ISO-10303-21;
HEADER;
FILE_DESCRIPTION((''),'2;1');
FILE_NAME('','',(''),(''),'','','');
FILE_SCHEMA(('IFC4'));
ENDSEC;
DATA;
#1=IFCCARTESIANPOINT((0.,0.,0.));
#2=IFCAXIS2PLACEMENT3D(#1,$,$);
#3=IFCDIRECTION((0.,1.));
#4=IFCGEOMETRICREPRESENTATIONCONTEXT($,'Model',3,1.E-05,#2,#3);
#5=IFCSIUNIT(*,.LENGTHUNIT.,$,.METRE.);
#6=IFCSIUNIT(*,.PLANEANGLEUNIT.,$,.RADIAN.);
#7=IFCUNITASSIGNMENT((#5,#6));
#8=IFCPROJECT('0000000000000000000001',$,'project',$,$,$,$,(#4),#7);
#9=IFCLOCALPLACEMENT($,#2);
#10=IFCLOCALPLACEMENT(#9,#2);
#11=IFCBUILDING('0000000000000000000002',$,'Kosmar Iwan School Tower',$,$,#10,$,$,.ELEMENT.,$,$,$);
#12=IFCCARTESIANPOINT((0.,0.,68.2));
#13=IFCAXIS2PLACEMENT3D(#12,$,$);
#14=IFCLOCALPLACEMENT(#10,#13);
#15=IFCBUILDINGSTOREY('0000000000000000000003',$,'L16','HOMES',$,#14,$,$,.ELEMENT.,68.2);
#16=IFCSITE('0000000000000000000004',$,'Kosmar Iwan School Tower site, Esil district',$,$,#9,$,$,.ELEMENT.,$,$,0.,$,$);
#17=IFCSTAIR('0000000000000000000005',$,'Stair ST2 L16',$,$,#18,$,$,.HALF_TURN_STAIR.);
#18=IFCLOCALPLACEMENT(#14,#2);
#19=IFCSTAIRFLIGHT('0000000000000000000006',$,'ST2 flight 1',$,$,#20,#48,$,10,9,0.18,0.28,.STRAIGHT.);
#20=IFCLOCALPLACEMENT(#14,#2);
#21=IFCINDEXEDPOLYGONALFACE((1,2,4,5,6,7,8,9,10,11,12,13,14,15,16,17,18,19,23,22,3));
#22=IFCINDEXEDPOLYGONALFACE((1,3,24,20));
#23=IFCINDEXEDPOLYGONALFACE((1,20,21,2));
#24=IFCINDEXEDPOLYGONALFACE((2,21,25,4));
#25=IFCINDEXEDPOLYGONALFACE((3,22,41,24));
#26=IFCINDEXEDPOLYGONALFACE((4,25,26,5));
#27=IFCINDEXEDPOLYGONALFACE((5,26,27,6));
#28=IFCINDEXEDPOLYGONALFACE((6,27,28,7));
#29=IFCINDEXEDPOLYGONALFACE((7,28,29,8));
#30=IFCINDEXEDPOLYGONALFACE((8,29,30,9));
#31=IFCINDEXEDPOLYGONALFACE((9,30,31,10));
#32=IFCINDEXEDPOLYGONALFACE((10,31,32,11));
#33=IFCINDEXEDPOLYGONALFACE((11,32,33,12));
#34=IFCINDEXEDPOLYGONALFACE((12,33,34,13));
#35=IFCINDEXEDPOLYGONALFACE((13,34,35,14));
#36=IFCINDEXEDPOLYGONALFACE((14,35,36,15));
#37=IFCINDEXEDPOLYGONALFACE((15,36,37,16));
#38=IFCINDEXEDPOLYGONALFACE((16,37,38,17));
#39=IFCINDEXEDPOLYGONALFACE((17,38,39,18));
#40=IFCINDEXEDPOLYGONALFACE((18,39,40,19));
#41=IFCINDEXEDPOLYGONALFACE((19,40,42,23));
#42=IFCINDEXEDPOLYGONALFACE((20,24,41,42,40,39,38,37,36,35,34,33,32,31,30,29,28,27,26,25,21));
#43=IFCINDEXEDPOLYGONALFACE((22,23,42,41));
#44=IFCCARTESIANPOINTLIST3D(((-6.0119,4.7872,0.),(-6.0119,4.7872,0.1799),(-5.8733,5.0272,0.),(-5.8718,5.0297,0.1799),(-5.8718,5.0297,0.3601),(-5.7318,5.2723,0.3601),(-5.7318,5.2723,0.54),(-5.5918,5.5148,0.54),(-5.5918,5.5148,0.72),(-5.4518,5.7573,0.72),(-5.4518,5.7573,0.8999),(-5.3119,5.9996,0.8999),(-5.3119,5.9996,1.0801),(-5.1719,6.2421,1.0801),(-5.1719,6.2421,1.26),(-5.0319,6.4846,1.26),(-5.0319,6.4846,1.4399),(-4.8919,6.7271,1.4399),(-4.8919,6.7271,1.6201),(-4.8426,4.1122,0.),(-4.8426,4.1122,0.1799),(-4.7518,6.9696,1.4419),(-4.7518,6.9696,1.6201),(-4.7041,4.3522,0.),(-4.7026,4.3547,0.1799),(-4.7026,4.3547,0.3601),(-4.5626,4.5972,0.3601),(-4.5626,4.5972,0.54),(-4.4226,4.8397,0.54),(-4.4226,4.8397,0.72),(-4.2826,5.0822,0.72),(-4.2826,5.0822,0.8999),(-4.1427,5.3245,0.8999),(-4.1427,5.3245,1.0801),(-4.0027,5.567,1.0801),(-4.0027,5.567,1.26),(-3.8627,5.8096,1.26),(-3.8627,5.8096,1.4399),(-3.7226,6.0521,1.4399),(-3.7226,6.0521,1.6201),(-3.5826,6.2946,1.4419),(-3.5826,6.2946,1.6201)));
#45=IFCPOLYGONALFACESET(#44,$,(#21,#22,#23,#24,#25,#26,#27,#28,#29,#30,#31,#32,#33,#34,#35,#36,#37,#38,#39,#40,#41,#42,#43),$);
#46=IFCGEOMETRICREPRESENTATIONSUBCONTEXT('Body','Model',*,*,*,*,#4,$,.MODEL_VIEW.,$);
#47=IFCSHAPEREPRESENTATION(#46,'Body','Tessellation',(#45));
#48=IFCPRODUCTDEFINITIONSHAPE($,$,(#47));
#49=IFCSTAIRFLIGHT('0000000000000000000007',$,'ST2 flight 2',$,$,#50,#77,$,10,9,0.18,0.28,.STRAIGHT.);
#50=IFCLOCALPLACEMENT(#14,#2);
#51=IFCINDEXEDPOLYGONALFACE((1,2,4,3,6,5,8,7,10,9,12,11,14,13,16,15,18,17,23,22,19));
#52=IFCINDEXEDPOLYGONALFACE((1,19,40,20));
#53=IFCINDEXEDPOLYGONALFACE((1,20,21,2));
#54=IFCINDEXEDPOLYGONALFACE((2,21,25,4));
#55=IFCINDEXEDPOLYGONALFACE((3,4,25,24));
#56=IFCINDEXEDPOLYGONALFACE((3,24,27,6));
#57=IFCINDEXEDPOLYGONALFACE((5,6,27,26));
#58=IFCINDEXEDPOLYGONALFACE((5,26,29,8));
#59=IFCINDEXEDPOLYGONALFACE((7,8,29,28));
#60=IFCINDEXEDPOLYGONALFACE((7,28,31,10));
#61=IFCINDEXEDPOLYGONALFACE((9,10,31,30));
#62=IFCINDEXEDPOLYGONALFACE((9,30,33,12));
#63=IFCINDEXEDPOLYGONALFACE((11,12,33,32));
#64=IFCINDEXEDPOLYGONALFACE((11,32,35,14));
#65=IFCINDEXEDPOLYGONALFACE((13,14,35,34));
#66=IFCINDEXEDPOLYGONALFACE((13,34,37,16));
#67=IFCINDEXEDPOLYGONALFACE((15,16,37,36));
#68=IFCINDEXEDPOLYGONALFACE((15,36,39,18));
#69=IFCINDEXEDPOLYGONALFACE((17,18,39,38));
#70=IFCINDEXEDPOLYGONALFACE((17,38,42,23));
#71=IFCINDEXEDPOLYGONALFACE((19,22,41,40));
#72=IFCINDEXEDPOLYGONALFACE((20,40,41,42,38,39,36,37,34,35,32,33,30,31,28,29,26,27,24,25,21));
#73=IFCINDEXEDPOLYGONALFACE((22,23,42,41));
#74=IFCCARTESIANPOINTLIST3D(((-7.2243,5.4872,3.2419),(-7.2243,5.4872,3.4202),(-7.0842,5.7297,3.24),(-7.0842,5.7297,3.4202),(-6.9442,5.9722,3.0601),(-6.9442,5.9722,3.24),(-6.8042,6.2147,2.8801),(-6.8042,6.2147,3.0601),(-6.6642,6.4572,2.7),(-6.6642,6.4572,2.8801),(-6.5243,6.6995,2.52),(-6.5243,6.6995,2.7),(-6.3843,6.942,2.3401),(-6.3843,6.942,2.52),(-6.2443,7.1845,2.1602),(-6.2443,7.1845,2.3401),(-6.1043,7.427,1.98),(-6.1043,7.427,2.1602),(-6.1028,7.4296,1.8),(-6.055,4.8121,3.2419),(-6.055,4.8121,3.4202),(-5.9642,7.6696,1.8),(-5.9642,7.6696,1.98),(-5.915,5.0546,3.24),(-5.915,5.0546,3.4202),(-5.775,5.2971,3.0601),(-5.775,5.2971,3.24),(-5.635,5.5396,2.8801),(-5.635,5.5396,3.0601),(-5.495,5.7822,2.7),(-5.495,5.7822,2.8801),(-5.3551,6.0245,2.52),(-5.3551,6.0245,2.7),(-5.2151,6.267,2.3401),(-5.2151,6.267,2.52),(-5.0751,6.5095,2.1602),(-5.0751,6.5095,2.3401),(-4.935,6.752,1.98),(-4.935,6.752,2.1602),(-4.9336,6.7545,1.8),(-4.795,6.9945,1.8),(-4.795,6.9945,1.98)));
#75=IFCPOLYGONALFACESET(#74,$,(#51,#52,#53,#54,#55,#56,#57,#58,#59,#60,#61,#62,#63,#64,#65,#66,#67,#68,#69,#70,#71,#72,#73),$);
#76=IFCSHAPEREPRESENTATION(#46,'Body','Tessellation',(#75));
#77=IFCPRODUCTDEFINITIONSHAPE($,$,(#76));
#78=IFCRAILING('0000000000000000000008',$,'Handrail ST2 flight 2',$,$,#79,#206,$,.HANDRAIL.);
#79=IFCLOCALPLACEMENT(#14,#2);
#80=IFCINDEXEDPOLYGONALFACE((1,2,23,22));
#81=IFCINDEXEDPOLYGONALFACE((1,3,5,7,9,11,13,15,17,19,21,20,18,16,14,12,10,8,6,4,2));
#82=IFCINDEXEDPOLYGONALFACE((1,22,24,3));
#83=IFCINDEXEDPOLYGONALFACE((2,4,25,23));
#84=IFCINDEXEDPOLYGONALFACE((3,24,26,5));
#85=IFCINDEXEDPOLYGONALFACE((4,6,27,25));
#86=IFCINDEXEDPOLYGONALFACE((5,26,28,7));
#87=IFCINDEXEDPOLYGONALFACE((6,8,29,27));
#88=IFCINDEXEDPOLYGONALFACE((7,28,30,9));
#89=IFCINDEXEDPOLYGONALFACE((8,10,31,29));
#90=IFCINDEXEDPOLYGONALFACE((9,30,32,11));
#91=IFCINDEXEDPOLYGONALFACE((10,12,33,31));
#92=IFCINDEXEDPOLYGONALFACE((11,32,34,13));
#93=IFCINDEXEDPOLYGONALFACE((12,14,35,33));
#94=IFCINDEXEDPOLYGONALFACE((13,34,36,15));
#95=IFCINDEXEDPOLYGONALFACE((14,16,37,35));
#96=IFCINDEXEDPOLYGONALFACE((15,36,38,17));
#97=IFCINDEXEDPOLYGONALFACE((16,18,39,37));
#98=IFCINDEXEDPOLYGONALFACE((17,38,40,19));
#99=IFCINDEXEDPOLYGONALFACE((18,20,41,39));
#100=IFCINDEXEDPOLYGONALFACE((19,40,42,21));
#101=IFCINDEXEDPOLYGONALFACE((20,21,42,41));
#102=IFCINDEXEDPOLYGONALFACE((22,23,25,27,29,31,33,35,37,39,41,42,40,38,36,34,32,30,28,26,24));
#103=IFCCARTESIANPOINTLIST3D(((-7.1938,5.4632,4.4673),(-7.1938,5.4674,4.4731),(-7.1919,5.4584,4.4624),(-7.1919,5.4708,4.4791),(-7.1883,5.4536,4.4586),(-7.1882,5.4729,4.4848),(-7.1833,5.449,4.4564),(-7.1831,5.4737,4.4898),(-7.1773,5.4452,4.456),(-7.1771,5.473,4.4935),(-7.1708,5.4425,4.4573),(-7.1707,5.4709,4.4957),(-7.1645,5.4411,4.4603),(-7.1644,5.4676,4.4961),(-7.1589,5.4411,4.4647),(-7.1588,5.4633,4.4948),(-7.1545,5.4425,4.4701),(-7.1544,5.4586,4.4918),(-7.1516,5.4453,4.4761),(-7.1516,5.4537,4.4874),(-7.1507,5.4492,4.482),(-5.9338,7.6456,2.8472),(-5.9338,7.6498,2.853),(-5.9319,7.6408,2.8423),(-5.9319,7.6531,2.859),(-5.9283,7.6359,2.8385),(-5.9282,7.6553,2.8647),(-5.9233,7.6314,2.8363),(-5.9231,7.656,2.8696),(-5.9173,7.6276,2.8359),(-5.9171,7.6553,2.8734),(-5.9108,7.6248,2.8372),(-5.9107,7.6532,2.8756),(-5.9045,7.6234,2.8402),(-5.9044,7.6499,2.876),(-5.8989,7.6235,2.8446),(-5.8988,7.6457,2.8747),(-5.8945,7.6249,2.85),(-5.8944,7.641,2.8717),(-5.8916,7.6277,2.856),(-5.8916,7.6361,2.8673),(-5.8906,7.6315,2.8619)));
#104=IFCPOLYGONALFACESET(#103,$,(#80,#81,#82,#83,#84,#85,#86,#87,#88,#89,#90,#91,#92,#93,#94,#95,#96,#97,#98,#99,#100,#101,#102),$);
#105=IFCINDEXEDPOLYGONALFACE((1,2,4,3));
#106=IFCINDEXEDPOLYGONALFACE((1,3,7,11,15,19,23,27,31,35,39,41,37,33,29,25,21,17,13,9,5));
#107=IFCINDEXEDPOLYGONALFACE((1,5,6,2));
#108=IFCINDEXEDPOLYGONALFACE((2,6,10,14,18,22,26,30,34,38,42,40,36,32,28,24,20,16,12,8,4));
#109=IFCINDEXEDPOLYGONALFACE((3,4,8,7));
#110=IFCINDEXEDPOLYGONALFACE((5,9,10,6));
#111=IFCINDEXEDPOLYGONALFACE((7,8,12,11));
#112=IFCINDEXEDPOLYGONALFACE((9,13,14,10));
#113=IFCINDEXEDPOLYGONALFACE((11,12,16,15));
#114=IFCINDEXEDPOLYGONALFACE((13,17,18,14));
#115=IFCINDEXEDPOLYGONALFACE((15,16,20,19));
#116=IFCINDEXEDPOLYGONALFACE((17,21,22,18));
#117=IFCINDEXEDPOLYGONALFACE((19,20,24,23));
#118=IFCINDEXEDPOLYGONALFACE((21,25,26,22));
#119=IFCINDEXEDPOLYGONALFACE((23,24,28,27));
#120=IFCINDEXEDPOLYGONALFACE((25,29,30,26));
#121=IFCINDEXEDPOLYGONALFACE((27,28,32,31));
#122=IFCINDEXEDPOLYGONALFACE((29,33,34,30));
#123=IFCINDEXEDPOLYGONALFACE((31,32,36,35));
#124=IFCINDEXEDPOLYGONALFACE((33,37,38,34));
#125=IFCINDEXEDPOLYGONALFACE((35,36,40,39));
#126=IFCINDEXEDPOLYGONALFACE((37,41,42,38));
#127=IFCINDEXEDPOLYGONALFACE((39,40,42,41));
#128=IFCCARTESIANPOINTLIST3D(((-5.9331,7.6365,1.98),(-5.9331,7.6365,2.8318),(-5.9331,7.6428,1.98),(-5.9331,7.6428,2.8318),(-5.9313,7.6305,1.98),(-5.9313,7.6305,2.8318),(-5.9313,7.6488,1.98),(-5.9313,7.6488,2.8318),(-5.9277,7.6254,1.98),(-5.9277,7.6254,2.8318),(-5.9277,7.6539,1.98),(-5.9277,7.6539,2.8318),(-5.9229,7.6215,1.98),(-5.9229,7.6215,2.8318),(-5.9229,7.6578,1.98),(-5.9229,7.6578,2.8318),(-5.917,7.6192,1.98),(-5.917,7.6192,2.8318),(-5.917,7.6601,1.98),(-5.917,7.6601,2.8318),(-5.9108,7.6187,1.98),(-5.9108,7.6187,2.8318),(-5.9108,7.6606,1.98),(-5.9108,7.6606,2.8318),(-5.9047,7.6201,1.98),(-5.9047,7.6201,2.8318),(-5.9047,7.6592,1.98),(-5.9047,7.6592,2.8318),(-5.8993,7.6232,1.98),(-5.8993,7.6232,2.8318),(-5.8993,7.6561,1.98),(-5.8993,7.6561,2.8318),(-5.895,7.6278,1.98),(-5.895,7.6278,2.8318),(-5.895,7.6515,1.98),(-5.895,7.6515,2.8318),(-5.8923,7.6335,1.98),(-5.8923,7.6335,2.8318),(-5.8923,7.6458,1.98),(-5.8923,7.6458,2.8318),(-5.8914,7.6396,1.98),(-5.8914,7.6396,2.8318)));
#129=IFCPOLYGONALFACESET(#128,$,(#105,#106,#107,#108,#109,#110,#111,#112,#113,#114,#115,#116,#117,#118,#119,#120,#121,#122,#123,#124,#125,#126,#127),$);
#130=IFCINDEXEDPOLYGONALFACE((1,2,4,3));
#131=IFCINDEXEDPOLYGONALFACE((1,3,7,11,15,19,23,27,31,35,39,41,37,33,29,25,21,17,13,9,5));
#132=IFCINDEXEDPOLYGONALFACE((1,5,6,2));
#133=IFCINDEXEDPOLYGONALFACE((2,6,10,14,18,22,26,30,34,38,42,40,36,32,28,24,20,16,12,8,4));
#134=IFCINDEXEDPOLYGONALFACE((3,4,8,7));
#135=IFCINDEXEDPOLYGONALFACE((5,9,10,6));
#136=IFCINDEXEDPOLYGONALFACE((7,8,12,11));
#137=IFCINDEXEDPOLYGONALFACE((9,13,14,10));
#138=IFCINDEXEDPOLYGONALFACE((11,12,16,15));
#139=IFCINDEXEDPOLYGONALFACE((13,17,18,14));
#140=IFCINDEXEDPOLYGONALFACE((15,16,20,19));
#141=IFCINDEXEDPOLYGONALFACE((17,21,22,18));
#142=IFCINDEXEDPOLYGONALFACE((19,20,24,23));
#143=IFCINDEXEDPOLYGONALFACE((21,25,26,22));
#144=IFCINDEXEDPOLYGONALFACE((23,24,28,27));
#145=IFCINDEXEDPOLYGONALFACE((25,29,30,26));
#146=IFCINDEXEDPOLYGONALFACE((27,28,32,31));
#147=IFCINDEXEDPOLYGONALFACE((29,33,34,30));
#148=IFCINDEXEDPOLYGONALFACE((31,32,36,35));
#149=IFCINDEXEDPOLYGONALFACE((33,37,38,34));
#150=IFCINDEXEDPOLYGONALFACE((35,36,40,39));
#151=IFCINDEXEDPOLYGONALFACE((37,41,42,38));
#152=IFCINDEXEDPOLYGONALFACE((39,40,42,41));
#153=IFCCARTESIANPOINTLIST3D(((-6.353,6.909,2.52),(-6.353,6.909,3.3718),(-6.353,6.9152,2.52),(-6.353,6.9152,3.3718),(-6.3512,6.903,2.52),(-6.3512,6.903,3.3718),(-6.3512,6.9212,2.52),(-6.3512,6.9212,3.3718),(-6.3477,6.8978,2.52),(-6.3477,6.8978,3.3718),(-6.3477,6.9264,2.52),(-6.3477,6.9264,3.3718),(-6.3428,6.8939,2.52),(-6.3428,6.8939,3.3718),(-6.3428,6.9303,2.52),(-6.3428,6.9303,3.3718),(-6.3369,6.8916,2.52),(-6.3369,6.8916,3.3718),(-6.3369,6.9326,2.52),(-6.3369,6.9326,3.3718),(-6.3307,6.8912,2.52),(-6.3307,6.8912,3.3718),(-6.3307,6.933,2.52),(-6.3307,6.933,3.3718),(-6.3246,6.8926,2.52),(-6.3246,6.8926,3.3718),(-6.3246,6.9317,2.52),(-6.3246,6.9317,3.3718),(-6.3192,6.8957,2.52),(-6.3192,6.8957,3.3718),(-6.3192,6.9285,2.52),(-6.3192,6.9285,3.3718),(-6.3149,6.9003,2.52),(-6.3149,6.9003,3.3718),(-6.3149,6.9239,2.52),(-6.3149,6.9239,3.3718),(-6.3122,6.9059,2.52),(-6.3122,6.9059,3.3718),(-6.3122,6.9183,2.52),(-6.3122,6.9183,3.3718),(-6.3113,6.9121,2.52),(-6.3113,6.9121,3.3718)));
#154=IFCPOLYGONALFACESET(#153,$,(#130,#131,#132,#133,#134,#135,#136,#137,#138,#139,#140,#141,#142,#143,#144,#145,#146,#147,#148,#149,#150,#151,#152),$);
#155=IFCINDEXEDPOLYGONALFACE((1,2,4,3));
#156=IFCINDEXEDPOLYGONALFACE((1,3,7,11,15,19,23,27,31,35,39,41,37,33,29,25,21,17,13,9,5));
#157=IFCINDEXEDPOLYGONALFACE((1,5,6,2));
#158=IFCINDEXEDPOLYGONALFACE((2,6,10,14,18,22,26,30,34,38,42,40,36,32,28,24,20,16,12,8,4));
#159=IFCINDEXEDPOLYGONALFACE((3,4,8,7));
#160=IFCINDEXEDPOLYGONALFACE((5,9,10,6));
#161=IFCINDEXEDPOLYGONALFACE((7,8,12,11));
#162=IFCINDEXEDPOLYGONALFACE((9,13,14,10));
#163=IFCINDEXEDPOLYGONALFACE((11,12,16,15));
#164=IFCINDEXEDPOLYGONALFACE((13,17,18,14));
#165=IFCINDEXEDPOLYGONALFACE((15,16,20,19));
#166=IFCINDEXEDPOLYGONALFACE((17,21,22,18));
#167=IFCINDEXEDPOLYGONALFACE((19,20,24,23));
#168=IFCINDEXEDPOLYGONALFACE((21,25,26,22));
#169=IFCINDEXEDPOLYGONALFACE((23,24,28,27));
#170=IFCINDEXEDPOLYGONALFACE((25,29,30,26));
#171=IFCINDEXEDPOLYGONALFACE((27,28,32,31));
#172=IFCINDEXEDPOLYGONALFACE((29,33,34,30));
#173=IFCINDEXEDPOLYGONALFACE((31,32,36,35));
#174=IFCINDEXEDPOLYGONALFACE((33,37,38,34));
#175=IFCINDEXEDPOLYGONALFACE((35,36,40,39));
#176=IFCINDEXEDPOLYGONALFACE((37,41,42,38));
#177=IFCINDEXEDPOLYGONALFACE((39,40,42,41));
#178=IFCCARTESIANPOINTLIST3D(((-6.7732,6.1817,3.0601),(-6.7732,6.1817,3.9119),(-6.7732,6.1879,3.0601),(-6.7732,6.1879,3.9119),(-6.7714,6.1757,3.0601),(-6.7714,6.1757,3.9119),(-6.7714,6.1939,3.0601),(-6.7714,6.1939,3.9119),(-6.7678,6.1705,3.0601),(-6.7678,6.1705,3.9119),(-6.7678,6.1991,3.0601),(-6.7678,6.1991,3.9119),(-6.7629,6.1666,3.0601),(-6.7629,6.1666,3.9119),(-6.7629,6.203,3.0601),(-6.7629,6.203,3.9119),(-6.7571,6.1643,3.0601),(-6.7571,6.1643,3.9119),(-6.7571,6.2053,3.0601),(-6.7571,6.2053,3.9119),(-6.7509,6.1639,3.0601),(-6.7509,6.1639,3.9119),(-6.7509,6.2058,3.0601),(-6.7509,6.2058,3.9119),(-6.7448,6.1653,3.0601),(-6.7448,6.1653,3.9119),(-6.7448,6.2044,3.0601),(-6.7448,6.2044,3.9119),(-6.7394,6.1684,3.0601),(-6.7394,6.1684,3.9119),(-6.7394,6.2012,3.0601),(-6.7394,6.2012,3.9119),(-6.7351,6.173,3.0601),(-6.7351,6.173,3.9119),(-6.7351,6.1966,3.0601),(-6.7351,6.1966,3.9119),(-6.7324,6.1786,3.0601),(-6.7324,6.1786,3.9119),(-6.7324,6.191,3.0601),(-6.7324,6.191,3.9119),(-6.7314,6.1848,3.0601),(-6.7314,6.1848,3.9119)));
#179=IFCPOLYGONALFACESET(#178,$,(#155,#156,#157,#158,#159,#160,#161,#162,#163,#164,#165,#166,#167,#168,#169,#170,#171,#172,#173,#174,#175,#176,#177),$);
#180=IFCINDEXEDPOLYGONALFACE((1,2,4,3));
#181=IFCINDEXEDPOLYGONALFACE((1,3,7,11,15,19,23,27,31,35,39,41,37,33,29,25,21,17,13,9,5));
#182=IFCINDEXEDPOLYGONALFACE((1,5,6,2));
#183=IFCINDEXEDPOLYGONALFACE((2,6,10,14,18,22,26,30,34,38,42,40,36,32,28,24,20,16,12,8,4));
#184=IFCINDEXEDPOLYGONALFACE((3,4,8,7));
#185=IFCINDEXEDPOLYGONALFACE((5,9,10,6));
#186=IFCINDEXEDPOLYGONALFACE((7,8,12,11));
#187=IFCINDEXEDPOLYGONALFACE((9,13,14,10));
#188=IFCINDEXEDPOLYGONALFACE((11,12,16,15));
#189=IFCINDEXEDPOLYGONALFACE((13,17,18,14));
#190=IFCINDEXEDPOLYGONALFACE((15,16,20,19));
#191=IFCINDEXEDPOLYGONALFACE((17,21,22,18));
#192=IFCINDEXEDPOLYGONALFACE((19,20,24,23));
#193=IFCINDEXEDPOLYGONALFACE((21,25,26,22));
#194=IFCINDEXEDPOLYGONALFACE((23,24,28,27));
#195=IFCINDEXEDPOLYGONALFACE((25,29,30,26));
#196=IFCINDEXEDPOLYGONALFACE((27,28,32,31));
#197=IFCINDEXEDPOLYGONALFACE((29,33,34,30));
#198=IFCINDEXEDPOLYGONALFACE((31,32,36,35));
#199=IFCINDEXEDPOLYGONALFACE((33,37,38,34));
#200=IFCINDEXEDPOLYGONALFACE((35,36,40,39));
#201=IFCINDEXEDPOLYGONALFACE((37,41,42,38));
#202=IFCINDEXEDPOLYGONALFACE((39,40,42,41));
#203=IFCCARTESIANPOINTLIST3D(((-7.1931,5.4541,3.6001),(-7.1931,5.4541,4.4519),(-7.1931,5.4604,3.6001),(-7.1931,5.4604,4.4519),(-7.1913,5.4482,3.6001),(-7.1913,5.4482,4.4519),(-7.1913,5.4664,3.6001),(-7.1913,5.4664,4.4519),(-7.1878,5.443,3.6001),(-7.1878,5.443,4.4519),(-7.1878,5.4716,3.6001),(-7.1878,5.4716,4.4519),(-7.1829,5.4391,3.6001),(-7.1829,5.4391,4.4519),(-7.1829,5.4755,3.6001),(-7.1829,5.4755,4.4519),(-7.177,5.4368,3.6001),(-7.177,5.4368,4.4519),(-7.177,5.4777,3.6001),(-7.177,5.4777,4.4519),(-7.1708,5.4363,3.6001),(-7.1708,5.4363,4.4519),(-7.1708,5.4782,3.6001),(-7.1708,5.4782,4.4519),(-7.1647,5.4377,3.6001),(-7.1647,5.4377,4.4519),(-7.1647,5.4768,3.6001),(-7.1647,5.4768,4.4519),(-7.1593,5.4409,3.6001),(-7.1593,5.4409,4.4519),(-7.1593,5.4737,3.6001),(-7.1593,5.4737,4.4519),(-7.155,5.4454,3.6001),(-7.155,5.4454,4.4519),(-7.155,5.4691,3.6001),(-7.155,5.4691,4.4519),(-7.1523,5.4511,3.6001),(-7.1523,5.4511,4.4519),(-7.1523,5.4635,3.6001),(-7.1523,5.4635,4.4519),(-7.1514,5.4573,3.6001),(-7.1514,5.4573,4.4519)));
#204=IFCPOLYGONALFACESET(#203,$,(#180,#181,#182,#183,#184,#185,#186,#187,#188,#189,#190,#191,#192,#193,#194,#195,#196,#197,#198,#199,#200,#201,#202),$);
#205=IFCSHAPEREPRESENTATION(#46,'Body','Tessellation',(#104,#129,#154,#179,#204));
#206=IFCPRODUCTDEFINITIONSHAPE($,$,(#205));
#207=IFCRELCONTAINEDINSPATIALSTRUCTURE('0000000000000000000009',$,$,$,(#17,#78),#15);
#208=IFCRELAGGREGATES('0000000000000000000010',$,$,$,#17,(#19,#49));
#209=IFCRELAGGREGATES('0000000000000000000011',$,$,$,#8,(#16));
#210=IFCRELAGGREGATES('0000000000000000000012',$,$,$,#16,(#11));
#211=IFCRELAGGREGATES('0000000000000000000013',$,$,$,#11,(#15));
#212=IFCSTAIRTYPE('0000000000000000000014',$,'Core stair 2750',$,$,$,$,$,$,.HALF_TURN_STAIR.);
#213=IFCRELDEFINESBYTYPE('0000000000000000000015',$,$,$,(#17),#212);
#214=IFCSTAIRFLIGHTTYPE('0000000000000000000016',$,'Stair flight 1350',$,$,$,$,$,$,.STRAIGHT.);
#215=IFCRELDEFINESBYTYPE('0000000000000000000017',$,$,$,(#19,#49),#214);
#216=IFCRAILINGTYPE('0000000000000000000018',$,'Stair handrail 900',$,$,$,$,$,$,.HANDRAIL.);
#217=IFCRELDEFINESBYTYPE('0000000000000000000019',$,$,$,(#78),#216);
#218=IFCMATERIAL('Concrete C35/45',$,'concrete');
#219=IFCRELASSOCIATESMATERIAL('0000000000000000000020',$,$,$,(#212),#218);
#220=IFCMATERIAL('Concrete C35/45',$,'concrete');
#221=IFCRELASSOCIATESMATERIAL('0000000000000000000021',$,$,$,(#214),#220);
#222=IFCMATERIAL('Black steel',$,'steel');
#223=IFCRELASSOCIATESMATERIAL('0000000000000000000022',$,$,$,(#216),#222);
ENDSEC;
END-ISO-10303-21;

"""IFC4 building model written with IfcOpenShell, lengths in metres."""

from ifc_helpers import new_model, si_unit, direction, frame, origin, origin_2d, place, context, subcontext, project, spatial, polyline, circle, outline, extrude, material, type_object, element, aggregate, save


model = new_model("IFC4")

# Units and contexts
model_context = context("Model", 3, precision=1e-05, world=origin(), true_north=direction((0.0, 1.0)))
body_context = subcontext(model_context, "Body", "Model", "MODEL_VIEW")
ifc_project = project(units=[si_unit("LENGTHUNIT", "METRE"), si_unit("PLANEANGLEUNIT", "RADIAN")], contexts=[model_context])

# Site, building, storey
site_placement = place(None, origin())
site = spatial("IfcSite", under=ifc_project, at=site_placement, Name="Kosmar Iwan School Tower site, Esil district", CompositionType="ELEMENT", RefElevation=0.0)
building_placement = place(site_placement, origin())
building = spatial("IfcBuilding", under=site, at=building_placement, Name="Kosmar Iwan School Tower", CompositionType="ELEMENT")
storey_placement = place(building_placement, frame((0.0, 0.0, 68.2)))
storey = spatial("IfcBuildingStorey", under=building, at=storey_placement, Name="L16", Description="HOMES", CompositionType="ELEMENT", Elevation=68.2)

# Stair, stair flights
ifc_material_1 = material(Name="Concrete C35/45", Category="concrete")
stair_type = type_object("IfcStairType", Name="Core stair 2750", PredefinedType="HALF_TURN_STAIR", material=ifc_material_1)
stair_placement = place(storey_placement, origin())
stair = element("IfcStair", 1, at=stair_placement, inside=storey, type_object=stair_type, Name="Stair ST2 L16", PredefinedType="HALF_TURN_STAIR")
ifc_material_2 = material(Name="Concrete C35/45", Category="concrete")
stair_flight_type = type_object("IfcStairFlightType", Name="Stair flight 1350", PredefinedType="STRAIGHT", material=ifc_material_2)
stair_flight_1_placement = place(storey_placement, frame((-5.4272, 4.4497, 0.0), z_axis=(0.0, 0.0, 1.0), x_axis=(0.5, 0.866025, 0.0)))
stair_flight_1 = element("IfcStairFlight", 2, at=stair_flight_1_placement, type_object=stair_flight_type, Name="ST2 flight 1", NumberOfRisers=10, NumberOfTreads=9, PredefinedType="STRAIGHT", RiserHeight=0.18, TreadLength=0.28, context=body_context, shape_type="SweptSolid", body=[
    extrude(outline(polyline([(0.0, 0.0), (0.0, 0.1799), (0.28, 0.1799), (0.28, 0.3601), (0.5601, 0.3601), (0.5601, 0.54), (0.8401, 0.54), (0.8401, 0.72), (1.1201, 0.72), (1.1201, 0.8999), (1.3999, 0.8999), (1.3999, 1.0801), (1.6799, 1.0801), (1.6799, 1.26), (1.96, 1.26), (1.96, 1.4399), (2.24, 1.4399), (2.24, 1.6201), (2.52, 1.6201), (2.52, 1.8), (2.52, 1.4419), (0.2771, 0.0), (0.0, 0.0)])), frame((0.0, 0.675, 0.0), z_axis=(0.0, -1.0, 0.0), x_axis=(1.0, 0.0, 0.0)), (0.0, 0.0, 1.0), 1.3501),
])
stair_flight_2_placement = place(storey_placement, frame((-5.3796, 7.332, 1.8), z_axis=(0.0, 0.0, 1.0), x_axis=(-0.5, -0.866025, 0.0)))
stair_flight_2 = element("IfcStairFlight", 3, at=stair_flight_2_placement, type_object=stair_flight_type, Name="ST2 flight 2", NumberOfRisers=10, NumberOfTreads=9, PredefinedType="STRAIGHT", RiserHeight=0.18, TreadLength=0.28, context=body_context, shape_type="SweptSolid", body=[
    extrude(outline(polyline([(0.0, 0.0), (0.0, 0.1799), (0.28, 0.1799), (0.28, 0.3601), (0.5601, 0.3601), (0.5601, 0.54), (0.8401, 0.54), (0.8401, 0.72), (1.1201, 0.72), (1.1201, 0.8999), (1.3999, 0.8999), (1.3999, 1.0801), (1.6799, 1.0801), (1.6799, 1.26), (1.96, 1.26), (1.96, 1.4399), (2.24, 1.4399), (2.24, 1.6201), (2.52, 1.6201), (2.52, 1.8), (2.52, 1.4419), (0.2771, 0.0), (0.0, 0.0)])), frame((0.0, 0.675, 0.0), z_axis=(0.0, -1.0, 0.0), x_axis=(1.0, 0.0, 0.0)), (0.0, 0.0, 1.0), 1.3501),
])
aggregate(stair, [stair_flight_1, stair_flight_2])

# Railing
ifc_material_3 = material(Name="Black steel", Category="steel")
railing_type = type_object("IfcRailingType", Name="Stair handrail 900", PredefinedType="HANDRAIL", material=ifc_material_3)
railing_placement = place(storey_placement, frame((-5.9124, 7.6396, 1.98)))
element("IfcRailing", 4, at=railing_placement, inside=storey, type_object=railing_type, Name="Handrail ST2 flight 2", PredefinedType="HANDRAIL", context=body_context, shape_type="SweptSolid", body=[
    extrude(circle(Radius=0.0239, at=origin_2d()), frame((0.0, 0.0, 0.876), z_axis=(-0.420584, -0.728464, 0.540786), x_axis=(0.866023, -0.500005, 0.0)), (0.0, 0.0, 1.0), 2.9958),
    extrude(circle(Radius=0.021, at=origin_2d()), origin(), (0.0, 0.0, 1.0), 0.8518),
    extrude(circle(Radius=0.021, at=origin_2d()), frame((-0.4199, -0.7275, 0.54)), (0.0, 0.0, 1.0), 0.8518),
    extrude(circle(Radius=0.021, at=origin_2d()), frame((-0.8401, -1.4548, 1.0801)), (0.0, 0.0, 1.0), 0.8518),
    extrude(circle(Radius=0.021, at=origin_2d()), frame((-1.26, -2.1824, 1.6201)), (0.0, 0.0, 1.0), 0.8518),
])

save(model, "model.ifc")
